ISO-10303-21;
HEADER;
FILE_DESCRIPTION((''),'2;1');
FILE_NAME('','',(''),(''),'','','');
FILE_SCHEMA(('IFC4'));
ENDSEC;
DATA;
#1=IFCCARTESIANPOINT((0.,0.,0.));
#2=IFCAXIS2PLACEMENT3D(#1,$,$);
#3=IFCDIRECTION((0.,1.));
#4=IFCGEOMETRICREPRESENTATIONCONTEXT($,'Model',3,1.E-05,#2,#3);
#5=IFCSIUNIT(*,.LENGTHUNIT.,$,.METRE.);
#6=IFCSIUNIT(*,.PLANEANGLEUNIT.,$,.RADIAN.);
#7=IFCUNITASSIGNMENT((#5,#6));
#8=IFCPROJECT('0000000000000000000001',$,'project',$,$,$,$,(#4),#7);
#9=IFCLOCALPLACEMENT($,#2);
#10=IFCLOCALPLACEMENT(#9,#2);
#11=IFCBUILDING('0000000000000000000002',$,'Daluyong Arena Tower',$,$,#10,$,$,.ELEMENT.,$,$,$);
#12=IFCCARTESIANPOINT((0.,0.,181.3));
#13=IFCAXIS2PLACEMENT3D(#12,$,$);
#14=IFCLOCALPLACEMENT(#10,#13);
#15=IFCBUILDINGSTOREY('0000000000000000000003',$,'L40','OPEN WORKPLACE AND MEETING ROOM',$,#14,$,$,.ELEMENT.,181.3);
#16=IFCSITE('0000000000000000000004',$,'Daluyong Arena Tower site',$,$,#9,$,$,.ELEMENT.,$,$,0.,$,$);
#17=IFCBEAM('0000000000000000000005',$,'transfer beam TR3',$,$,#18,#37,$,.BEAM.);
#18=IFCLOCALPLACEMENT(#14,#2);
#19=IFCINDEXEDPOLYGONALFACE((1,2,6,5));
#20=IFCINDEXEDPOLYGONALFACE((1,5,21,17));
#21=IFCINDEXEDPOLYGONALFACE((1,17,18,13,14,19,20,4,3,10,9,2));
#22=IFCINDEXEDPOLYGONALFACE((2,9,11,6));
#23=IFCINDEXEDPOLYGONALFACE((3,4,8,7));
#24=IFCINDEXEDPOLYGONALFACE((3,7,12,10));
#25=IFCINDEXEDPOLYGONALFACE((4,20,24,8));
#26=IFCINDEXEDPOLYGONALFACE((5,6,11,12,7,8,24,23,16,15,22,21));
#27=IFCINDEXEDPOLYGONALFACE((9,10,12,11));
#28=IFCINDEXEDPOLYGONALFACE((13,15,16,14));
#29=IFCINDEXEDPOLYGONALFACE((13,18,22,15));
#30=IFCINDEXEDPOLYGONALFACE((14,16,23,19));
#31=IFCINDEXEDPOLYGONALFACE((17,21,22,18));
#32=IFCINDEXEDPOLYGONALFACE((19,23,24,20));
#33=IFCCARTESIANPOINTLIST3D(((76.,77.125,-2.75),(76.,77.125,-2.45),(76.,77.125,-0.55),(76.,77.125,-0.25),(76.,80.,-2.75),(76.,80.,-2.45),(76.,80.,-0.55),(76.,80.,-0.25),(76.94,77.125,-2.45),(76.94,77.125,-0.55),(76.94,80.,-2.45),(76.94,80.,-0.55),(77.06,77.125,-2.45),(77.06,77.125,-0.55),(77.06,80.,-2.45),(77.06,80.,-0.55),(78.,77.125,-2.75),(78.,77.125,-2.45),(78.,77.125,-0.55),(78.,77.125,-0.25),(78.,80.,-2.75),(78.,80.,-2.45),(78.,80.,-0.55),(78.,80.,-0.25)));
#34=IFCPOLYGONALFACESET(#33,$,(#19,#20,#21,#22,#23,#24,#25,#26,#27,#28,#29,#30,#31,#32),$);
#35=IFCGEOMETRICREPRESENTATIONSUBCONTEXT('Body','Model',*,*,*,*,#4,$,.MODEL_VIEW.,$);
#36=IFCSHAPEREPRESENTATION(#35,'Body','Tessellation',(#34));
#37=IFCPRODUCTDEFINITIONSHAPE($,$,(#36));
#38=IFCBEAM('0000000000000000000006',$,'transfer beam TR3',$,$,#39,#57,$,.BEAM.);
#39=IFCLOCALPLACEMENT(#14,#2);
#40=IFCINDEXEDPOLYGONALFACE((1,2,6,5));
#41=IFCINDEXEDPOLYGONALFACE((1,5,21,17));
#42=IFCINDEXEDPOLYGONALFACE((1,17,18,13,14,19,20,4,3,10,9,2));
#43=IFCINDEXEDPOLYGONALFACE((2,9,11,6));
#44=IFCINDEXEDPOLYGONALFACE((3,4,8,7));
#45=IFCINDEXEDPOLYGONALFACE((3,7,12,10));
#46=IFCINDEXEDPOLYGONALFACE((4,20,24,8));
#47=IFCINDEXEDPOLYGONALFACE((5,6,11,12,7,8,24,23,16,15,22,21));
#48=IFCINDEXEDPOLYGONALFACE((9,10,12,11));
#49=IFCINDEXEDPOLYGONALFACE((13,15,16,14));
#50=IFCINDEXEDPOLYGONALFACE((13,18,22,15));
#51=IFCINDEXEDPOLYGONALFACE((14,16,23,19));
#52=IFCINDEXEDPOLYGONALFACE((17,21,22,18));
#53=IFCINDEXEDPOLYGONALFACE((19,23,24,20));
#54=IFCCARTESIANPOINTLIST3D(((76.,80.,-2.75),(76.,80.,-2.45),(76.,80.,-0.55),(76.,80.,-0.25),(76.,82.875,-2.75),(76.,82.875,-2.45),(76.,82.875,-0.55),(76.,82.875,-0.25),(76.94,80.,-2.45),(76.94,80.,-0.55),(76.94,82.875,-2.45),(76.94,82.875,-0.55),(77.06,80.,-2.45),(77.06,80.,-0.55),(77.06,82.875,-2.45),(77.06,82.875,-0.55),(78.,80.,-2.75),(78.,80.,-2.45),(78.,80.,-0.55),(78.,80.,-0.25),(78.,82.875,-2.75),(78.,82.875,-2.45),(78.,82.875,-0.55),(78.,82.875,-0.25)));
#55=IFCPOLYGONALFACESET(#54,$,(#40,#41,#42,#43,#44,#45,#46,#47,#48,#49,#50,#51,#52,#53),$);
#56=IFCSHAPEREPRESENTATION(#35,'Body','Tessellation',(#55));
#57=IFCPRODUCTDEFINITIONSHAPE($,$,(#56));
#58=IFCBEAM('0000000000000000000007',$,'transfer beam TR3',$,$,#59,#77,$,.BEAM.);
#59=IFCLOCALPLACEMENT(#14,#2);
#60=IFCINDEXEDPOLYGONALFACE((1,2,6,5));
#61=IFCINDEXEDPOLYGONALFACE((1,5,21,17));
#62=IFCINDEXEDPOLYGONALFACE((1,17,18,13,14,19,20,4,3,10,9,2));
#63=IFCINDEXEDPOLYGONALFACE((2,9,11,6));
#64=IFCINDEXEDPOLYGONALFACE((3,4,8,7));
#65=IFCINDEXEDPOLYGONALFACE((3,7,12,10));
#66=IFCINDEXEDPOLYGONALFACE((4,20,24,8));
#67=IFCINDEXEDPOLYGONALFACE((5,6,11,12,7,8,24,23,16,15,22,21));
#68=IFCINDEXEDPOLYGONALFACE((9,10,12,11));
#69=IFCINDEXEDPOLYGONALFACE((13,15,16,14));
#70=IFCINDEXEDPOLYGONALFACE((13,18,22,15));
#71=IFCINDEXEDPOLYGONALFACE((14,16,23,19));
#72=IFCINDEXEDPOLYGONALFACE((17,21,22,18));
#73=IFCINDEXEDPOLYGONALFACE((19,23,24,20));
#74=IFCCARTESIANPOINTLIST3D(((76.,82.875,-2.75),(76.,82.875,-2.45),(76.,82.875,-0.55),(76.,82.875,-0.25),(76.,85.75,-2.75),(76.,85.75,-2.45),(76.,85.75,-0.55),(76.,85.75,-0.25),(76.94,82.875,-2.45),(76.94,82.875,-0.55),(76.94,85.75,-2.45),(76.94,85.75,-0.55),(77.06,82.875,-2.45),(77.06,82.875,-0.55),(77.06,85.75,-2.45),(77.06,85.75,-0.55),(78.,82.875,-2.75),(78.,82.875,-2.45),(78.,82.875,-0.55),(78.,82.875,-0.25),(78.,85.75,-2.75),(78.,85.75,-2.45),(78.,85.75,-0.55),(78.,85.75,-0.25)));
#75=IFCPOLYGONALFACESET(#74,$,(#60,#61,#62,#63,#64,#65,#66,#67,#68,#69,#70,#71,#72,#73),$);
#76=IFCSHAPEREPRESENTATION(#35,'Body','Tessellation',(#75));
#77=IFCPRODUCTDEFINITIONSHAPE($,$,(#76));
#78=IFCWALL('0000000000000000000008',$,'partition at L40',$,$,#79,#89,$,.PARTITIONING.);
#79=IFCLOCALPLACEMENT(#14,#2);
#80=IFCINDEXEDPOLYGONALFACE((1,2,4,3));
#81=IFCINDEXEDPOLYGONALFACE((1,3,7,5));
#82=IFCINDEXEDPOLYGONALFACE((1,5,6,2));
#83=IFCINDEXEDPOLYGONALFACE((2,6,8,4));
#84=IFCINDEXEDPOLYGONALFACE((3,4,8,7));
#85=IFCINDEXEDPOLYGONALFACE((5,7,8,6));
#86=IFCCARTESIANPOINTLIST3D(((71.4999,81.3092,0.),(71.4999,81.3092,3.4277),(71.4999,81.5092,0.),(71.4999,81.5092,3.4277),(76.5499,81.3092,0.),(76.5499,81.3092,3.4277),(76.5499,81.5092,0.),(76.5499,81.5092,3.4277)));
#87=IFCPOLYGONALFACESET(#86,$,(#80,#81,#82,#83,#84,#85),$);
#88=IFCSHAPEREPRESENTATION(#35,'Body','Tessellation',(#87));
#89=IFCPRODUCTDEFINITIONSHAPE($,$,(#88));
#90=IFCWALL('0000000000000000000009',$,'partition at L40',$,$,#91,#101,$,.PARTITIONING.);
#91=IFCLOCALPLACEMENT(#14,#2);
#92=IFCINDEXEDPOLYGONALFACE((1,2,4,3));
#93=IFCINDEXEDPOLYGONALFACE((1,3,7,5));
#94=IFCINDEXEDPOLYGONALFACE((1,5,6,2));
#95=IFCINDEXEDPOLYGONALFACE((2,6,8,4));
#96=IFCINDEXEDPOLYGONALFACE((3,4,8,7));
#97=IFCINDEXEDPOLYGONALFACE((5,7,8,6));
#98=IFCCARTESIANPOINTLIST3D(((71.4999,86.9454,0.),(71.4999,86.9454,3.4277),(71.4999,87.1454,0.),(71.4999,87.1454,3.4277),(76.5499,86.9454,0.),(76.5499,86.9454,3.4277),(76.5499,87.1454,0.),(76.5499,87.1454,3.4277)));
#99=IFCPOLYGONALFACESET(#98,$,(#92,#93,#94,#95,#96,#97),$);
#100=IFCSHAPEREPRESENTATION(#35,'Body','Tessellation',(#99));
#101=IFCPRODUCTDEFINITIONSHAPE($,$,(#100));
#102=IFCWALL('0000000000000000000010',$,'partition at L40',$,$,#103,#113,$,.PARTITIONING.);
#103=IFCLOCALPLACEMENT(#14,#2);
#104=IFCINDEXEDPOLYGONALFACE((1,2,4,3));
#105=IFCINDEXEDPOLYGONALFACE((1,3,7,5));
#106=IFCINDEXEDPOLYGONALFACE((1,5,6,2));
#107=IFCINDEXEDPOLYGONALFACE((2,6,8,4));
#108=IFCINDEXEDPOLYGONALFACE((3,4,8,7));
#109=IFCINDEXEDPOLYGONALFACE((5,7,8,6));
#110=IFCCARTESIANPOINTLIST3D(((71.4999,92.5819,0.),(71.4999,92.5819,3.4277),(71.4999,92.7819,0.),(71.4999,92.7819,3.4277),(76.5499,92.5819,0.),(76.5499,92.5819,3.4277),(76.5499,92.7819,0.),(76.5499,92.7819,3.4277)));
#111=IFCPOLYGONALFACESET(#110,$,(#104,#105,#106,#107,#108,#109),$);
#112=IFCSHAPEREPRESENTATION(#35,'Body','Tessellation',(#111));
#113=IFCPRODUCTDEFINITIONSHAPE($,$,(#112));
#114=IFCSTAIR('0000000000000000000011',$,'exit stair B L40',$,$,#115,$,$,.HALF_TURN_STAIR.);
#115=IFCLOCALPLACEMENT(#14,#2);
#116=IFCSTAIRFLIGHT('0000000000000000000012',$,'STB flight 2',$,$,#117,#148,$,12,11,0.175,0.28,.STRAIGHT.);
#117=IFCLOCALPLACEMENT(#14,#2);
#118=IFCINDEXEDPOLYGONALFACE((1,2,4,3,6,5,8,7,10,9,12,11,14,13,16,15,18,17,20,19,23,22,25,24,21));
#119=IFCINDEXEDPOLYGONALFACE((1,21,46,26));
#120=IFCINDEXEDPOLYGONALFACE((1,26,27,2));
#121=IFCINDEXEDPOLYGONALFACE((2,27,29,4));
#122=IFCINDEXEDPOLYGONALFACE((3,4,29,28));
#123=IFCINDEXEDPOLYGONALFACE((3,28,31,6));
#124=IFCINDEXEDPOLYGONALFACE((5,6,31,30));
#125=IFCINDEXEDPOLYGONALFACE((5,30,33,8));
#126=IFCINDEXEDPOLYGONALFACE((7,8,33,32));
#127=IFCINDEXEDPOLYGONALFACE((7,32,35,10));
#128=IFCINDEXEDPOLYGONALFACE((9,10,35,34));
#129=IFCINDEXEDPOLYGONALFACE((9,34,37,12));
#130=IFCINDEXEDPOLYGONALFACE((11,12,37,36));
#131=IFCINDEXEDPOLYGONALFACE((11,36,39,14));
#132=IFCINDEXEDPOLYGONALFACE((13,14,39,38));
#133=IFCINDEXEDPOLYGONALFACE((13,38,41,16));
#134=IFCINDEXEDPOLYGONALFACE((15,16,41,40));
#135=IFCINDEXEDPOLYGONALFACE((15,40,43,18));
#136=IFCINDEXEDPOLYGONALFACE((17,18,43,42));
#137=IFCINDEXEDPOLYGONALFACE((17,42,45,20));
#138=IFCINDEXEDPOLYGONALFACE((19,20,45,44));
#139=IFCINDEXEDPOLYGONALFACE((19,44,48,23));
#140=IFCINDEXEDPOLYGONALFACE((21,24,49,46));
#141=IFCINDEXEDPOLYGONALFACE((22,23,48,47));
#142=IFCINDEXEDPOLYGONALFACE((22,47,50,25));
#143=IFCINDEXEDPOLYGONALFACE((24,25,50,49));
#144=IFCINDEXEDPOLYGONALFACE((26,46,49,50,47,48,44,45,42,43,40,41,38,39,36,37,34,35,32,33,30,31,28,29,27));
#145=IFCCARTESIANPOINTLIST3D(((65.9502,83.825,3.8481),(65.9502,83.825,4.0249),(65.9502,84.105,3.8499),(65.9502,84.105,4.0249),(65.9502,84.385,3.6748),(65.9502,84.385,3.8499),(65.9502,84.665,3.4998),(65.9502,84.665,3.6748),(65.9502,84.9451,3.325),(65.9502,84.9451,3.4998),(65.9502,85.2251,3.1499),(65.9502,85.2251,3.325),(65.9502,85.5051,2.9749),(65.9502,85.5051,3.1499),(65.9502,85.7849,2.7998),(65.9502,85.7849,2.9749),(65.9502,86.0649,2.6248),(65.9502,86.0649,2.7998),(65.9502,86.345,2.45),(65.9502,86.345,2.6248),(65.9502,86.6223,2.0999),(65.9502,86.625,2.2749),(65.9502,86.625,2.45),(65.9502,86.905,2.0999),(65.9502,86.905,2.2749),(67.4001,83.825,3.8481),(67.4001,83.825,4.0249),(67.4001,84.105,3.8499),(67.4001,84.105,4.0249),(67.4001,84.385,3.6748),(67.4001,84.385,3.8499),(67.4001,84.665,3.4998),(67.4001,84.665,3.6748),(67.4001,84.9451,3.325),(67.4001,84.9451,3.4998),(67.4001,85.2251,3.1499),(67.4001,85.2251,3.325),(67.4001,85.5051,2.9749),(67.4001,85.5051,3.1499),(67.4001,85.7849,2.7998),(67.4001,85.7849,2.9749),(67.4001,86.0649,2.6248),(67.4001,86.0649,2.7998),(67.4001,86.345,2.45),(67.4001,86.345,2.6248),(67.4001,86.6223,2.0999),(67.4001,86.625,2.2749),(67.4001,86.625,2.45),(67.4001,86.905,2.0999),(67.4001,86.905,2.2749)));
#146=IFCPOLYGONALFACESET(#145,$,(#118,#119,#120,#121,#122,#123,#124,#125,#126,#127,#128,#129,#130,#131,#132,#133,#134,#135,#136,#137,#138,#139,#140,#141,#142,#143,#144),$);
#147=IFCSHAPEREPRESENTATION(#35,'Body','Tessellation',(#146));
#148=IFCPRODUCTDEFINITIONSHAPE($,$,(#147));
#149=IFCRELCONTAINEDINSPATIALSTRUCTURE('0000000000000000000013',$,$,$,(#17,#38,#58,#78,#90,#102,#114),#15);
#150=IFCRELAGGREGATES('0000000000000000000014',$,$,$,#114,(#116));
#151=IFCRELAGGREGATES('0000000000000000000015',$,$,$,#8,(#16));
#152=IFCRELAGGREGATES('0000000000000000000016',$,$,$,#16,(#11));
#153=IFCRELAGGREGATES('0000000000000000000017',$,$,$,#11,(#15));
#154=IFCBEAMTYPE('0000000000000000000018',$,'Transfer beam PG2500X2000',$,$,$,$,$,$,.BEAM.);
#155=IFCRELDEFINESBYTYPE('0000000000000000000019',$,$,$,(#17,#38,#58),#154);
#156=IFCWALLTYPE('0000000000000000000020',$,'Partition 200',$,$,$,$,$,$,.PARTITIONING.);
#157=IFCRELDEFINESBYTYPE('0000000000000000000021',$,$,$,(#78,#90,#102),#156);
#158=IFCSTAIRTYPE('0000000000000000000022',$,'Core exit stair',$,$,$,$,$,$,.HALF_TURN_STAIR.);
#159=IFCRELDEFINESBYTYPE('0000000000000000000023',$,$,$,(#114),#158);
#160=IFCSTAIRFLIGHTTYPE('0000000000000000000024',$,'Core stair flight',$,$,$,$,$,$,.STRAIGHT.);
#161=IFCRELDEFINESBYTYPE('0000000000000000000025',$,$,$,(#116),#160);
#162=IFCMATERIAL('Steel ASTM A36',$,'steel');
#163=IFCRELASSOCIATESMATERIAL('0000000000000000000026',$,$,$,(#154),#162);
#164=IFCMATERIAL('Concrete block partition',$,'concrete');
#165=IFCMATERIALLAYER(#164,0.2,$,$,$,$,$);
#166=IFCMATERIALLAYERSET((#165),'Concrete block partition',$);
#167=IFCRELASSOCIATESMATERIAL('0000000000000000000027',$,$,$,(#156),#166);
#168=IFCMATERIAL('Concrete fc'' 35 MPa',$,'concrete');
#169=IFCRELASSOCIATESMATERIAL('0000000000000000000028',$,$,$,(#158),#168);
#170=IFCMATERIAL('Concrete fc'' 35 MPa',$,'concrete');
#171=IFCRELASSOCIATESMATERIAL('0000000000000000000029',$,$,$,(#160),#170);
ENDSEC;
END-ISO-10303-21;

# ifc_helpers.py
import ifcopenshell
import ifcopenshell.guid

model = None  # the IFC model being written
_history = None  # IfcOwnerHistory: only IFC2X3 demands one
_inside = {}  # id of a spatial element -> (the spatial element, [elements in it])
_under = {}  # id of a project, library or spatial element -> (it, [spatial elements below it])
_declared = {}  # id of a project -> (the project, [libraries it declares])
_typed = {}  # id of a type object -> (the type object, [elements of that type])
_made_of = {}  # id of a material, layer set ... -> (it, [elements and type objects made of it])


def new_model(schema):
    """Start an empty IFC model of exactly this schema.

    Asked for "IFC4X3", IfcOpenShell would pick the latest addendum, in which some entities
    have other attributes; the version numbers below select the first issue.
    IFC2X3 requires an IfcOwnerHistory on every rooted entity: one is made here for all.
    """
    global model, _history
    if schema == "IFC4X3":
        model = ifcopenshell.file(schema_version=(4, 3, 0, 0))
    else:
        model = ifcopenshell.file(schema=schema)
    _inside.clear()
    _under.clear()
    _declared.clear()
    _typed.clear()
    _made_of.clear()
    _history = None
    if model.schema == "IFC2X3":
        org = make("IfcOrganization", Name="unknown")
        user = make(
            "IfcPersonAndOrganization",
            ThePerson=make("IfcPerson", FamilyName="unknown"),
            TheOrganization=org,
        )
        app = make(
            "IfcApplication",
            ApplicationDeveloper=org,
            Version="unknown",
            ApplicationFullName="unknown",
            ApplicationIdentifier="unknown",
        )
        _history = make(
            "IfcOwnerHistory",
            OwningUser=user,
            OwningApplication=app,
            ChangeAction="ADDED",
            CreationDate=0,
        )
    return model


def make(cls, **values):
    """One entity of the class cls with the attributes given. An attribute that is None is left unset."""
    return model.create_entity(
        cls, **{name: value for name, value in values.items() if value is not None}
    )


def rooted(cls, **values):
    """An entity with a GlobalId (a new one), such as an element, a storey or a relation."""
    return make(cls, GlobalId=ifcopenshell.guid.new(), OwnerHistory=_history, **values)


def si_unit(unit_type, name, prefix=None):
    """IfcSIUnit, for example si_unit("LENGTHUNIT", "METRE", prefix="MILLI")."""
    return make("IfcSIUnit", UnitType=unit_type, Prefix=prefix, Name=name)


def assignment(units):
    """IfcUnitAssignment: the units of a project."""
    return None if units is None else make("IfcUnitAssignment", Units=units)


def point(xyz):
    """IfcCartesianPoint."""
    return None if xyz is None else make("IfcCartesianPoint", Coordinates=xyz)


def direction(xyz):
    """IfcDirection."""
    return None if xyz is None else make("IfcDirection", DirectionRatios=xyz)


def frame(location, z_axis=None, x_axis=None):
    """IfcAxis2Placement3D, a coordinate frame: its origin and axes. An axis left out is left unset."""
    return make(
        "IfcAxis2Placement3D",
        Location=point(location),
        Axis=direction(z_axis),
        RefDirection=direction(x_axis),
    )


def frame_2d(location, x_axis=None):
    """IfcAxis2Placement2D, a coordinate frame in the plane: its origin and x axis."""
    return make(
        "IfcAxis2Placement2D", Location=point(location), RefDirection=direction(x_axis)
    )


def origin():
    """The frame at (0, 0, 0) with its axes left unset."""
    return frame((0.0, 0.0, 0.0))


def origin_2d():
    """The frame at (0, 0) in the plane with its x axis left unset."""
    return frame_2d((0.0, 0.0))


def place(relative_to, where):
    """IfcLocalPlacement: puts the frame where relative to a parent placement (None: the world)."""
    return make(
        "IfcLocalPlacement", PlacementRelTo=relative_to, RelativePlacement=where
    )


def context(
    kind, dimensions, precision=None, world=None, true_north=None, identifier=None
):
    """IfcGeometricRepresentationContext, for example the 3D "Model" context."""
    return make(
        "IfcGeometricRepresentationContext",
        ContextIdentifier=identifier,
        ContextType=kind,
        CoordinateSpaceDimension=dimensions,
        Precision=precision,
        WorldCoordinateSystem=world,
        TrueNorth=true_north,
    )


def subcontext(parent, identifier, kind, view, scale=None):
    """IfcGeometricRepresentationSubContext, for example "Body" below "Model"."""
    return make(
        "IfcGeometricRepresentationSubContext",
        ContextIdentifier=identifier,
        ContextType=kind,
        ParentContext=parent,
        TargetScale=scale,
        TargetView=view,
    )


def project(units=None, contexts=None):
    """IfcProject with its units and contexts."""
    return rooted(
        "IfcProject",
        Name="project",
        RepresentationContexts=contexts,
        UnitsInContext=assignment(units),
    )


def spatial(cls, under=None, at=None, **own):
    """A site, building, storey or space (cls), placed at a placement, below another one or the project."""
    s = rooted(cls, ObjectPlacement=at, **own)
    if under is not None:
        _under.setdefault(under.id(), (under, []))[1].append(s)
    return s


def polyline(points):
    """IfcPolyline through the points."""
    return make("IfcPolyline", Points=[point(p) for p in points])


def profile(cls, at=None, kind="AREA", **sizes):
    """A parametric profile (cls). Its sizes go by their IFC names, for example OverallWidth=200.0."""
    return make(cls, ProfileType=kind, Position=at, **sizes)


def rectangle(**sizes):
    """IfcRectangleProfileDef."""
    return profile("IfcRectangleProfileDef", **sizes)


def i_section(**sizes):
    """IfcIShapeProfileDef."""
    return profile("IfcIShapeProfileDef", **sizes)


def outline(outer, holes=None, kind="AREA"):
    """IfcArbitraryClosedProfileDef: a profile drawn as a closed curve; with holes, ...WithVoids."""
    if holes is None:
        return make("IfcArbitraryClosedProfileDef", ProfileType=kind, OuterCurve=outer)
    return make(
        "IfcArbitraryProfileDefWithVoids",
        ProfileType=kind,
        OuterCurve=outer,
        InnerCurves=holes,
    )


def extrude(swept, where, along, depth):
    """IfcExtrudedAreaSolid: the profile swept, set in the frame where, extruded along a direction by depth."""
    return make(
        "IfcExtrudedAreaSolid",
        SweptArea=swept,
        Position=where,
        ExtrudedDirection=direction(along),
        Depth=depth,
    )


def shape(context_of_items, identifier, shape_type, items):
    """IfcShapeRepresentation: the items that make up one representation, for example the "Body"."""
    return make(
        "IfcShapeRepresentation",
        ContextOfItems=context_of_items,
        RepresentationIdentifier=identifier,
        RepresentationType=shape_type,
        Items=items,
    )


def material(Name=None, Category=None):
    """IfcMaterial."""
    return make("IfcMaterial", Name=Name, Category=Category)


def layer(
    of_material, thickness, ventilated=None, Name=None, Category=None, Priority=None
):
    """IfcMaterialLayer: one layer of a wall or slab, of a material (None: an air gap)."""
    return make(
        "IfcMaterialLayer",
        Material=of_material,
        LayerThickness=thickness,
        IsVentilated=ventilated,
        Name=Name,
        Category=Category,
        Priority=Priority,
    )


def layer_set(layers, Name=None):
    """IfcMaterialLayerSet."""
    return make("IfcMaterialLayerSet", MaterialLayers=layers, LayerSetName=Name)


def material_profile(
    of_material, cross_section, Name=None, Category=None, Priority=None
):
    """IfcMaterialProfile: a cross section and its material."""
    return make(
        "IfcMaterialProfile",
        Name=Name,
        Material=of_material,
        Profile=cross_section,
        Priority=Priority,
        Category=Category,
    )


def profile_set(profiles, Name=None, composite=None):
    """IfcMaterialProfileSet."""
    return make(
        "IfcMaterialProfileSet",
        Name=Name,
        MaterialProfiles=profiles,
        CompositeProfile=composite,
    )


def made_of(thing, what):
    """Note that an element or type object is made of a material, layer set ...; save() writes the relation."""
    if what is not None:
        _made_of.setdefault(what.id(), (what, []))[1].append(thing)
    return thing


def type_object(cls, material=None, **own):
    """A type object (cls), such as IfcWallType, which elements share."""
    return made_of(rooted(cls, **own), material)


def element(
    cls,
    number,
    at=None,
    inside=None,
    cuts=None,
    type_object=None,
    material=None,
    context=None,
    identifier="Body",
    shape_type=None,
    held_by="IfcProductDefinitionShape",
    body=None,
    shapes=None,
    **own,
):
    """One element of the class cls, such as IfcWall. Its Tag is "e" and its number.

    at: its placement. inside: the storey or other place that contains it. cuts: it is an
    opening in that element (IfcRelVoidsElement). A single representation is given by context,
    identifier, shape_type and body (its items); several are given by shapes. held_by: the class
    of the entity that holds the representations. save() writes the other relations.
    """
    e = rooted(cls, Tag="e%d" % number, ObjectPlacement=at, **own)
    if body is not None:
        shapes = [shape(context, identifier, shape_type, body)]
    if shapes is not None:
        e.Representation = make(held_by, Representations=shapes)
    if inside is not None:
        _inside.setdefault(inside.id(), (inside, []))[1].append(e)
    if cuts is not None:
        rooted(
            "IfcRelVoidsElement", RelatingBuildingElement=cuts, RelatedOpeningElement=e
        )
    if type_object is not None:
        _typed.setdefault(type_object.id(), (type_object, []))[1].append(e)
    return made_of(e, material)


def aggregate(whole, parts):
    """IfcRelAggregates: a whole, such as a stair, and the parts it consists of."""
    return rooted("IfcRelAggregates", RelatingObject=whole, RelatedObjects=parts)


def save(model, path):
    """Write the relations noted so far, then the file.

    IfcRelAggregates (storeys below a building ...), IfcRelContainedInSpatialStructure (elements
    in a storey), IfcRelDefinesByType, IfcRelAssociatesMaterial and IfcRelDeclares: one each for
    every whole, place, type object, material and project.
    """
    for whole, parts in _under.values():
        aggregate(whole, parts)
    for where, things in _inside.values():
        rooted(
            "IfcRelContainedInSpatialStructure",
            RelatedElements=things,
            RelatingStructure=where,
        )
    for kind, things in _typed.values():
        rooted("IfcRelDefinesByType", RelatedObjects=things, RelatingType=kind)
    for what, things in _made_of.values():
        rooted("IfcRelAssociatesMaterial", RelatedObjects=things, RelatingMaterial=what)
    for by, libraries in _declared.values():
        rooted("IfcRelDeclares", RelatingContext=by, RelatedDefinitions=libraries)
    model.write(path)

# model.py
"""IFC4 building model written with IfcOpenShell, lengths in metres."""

from ifc_helpers import new_model, si_unit, direction, frame, frame_2d, origin, origin_2d, place, context, subcontext, project, spatial, polyline, rectangle, i_section, outline, extrude, material, layer, layer_set, material_profile, profile_set, type_object, element, aggregate, save


model = new_model("IFC4")

# Units and contexts
model_context = context("Model", 3, precision=1e-05, world=origin(), true_north=direction((0.0, 1.0)))
body_context = subcontext(model_context, "Body", "Model", "MODEL_VIEW")
ifc_project = project(units=[si_unit("LENGTHUNIT", "METRE"), si_unit("PLANEANGLEUNIT", "RADIAN")], contexts=[model_context])

# Site, building, storey
site_placement = place(None, origin())
site = spatial("IfcSite", under=ifc_project, at=site_placement, Name="Daluyong Arena Tower site", CompositionType="ELEMENT", RefElevation=0.0)
building_placement = place(site_placement, origin())
building = spatial("IfcBuilding", under=site, at=building_placement, Name="Daluyong Arena Tower", CompositionType="ELEMENT")
storey_placement = place(building_placement, frame((0.0, 0.0, 181.3)))
storey = spatial("IfcBuildingStorey", under=building, at=storey_placement, Name="L40", Description="OPEN WORKPLACE AND MEETING ROOM", CompositionType="ELEMENT", Elevation=181.3)

# Beams
ifc_material_1 = material(Name="Steel ASTM A36", Category="steel")
ifc_material_profile_1 = material_profile(ifc_material_1, i_section(OverallWidth=2.0, OverallDepth=2.5, WebThickness=0.12, FlangeThickness=0.3, at=origin_2d()))
ifc_profile_set_1 = profile_set([ifc_material_profile_1], Name="Steel ASTM A36")
beam_type_1 = type_object("IfcBeamType", Name="Transfer beam PG2500X2000", PredefinedType="BEAM", material=ifc_profile_set_1)
for number, where, z_axis, x_axis, name in (
    (1, (77.0, 77.125, -1.5), (0.0, 1.0, 0.0), (-1.0, 0.0, 0.0), "transfer beam TR3"),
    (2, (77.0, 80.0, -1.5), (0.0, 1.0, 0.0), (-1.0, 0.0, 0.0), "transfer beam TR3"),
    (3, (77.0, 82.875, -1.5), (0.0, 1.0, 0.0), (-1.0, 0.0, 0.0), "transfer beam TR3"),
):
    element("IfcBeam", number, at=place(storey_placement, frame(where, z_axis=z_axis, x_axis=x_axis)), inside=storey, type_object=beam_type_1, Name=name, PredefinedType="BEAM", context=body_context, shape_type="SweptSolid", body=[
        extrude(i_section(OverallWidth=2.0, OverallDepth=2.5, WebThickness=0.12, FlangeThickness=0.3, at=origin_2d()), origin(), (0.0, 0.0, 1.0), 2.875),
    ])

# Walls
ifc_material_2 = material(Name="Concrete block partition", Category="concrete")
ifc_layer = layer(ifc_material_2, 0.2)
ifc_layer_set = layer_set([ifc_layer], Name="Concrete block partition")
wall_type = type_object("IfcWallType", Name="Partition 200", PredefinedType="PARTITIONING", material=ifc_layer_set)
for number, where, z_axis, x_axis, name in (
    (4, (71.5, 81.4092, 0.0), (0.0, 0.0, 1.0), (1.0, 0.0, 0.0), "partition at L40"),
    (5, (71.5, 87.0454, 0.0), (0.0, 0.0, 1.0), (1.0, 0.0, 0.0), "partition at L40"),
    (6, (71.5, 92.6819, 0.0), (0.0, 0.0, 1.0), (1.0, 0.0, 0.0), "partition at L40"),
):
    element("IfcWall", number, at=place(storey_placement, frame(where, z_axis=z_axis, x_axis=x_axis)), inside=storey, type_object=wall_type, Name=name, PredefinedType="PARTITIONING", context=body_context, shape_type="SweptSolid", body=[
        extrude(rectangle(XDim=5.05, YDim=0.2, at=frame_2d((2.5249, 0.0))), origin(), (0.0, 0.0, 1.0), 3.4277),
    ])

# Stair, stair flight
ifc_material_3 = material(Name="Concrete fc' 35 MPa", Category="concrete")
stair_type = type_object("IfcStairType", Name="Core exit stair", PredefinedType="HALF_TURN_STAIR", material=ifc_material_3)
stair_placement = place(storey_placement, origin())
stair = element("IfcStair", 7, at=stair_placement, inside=storey, type_object=stair_type, Name="exit stair B L40", PredefinedType="HALF_TURN_STAIR")
ifc_material_4 = material(Name="Concrete fc' 35 MPa", Category="concrete")
stair_flight_type = type_object("IfcStairFlightType", Name="Core stair flight", PredefinedType="STRAIGHT", material=ifc_material_4)
stair_flight_placement = place(storey_placement, frame((66.675, 86.905, 2.0999), z_axis=(0.0, 0.0, 1.0), x_axis=(0.0, -1.0, 0.0)))
stair_flight = element("IfcStairFlight", 8, at=stair_flight_placement, type_object=stair_flight_type, Name="STB flight 2", NumberOfRisers=12, NumberOfTreads=11, PredefinedType="STRAIGHT", RiserHeight=0.175, TreadLength=0.28, context=body_context, shape_type="SweptSolid", body=[
    extrude(outline(polyline([(0.0, 0.0), (0.0, 0.175), (0.28, 0.175), (0.28, 0.3501), (0.5601, 0.3501), (0.5601, 0.5249), (0.8401, 0.5249), (0.8401, 0.7), (1.1201, 0.7), (1.1201, 0.875), (1.3999, 0.875), (1.3999, 1.05), (1.6799, 1.05), (1.6799, 1.2251), (1.96, 1.2251), (1.96, 1.3999), (2.24, 1.3999), (2.24, 1.575), (2.52, 1.575), (2.52, 1.75), (2.8, 1.75), (2.8, 1.925), (3.0801, 1.925), (3.0801, 2.1001), (3.0801, 1.7483), (0.2827, 0.0), (0.0, 0.0)])), frame((0.0, 0.7251, 0.0), z_axis=(0.0, -1.0, 0.0), x_axis=(1.0, 0.0, 0.0)), (0.0, 0.0, 1.0), 1.45),
])
aggregate(stair, [stair_flight])

save(model, "model.ifc")
